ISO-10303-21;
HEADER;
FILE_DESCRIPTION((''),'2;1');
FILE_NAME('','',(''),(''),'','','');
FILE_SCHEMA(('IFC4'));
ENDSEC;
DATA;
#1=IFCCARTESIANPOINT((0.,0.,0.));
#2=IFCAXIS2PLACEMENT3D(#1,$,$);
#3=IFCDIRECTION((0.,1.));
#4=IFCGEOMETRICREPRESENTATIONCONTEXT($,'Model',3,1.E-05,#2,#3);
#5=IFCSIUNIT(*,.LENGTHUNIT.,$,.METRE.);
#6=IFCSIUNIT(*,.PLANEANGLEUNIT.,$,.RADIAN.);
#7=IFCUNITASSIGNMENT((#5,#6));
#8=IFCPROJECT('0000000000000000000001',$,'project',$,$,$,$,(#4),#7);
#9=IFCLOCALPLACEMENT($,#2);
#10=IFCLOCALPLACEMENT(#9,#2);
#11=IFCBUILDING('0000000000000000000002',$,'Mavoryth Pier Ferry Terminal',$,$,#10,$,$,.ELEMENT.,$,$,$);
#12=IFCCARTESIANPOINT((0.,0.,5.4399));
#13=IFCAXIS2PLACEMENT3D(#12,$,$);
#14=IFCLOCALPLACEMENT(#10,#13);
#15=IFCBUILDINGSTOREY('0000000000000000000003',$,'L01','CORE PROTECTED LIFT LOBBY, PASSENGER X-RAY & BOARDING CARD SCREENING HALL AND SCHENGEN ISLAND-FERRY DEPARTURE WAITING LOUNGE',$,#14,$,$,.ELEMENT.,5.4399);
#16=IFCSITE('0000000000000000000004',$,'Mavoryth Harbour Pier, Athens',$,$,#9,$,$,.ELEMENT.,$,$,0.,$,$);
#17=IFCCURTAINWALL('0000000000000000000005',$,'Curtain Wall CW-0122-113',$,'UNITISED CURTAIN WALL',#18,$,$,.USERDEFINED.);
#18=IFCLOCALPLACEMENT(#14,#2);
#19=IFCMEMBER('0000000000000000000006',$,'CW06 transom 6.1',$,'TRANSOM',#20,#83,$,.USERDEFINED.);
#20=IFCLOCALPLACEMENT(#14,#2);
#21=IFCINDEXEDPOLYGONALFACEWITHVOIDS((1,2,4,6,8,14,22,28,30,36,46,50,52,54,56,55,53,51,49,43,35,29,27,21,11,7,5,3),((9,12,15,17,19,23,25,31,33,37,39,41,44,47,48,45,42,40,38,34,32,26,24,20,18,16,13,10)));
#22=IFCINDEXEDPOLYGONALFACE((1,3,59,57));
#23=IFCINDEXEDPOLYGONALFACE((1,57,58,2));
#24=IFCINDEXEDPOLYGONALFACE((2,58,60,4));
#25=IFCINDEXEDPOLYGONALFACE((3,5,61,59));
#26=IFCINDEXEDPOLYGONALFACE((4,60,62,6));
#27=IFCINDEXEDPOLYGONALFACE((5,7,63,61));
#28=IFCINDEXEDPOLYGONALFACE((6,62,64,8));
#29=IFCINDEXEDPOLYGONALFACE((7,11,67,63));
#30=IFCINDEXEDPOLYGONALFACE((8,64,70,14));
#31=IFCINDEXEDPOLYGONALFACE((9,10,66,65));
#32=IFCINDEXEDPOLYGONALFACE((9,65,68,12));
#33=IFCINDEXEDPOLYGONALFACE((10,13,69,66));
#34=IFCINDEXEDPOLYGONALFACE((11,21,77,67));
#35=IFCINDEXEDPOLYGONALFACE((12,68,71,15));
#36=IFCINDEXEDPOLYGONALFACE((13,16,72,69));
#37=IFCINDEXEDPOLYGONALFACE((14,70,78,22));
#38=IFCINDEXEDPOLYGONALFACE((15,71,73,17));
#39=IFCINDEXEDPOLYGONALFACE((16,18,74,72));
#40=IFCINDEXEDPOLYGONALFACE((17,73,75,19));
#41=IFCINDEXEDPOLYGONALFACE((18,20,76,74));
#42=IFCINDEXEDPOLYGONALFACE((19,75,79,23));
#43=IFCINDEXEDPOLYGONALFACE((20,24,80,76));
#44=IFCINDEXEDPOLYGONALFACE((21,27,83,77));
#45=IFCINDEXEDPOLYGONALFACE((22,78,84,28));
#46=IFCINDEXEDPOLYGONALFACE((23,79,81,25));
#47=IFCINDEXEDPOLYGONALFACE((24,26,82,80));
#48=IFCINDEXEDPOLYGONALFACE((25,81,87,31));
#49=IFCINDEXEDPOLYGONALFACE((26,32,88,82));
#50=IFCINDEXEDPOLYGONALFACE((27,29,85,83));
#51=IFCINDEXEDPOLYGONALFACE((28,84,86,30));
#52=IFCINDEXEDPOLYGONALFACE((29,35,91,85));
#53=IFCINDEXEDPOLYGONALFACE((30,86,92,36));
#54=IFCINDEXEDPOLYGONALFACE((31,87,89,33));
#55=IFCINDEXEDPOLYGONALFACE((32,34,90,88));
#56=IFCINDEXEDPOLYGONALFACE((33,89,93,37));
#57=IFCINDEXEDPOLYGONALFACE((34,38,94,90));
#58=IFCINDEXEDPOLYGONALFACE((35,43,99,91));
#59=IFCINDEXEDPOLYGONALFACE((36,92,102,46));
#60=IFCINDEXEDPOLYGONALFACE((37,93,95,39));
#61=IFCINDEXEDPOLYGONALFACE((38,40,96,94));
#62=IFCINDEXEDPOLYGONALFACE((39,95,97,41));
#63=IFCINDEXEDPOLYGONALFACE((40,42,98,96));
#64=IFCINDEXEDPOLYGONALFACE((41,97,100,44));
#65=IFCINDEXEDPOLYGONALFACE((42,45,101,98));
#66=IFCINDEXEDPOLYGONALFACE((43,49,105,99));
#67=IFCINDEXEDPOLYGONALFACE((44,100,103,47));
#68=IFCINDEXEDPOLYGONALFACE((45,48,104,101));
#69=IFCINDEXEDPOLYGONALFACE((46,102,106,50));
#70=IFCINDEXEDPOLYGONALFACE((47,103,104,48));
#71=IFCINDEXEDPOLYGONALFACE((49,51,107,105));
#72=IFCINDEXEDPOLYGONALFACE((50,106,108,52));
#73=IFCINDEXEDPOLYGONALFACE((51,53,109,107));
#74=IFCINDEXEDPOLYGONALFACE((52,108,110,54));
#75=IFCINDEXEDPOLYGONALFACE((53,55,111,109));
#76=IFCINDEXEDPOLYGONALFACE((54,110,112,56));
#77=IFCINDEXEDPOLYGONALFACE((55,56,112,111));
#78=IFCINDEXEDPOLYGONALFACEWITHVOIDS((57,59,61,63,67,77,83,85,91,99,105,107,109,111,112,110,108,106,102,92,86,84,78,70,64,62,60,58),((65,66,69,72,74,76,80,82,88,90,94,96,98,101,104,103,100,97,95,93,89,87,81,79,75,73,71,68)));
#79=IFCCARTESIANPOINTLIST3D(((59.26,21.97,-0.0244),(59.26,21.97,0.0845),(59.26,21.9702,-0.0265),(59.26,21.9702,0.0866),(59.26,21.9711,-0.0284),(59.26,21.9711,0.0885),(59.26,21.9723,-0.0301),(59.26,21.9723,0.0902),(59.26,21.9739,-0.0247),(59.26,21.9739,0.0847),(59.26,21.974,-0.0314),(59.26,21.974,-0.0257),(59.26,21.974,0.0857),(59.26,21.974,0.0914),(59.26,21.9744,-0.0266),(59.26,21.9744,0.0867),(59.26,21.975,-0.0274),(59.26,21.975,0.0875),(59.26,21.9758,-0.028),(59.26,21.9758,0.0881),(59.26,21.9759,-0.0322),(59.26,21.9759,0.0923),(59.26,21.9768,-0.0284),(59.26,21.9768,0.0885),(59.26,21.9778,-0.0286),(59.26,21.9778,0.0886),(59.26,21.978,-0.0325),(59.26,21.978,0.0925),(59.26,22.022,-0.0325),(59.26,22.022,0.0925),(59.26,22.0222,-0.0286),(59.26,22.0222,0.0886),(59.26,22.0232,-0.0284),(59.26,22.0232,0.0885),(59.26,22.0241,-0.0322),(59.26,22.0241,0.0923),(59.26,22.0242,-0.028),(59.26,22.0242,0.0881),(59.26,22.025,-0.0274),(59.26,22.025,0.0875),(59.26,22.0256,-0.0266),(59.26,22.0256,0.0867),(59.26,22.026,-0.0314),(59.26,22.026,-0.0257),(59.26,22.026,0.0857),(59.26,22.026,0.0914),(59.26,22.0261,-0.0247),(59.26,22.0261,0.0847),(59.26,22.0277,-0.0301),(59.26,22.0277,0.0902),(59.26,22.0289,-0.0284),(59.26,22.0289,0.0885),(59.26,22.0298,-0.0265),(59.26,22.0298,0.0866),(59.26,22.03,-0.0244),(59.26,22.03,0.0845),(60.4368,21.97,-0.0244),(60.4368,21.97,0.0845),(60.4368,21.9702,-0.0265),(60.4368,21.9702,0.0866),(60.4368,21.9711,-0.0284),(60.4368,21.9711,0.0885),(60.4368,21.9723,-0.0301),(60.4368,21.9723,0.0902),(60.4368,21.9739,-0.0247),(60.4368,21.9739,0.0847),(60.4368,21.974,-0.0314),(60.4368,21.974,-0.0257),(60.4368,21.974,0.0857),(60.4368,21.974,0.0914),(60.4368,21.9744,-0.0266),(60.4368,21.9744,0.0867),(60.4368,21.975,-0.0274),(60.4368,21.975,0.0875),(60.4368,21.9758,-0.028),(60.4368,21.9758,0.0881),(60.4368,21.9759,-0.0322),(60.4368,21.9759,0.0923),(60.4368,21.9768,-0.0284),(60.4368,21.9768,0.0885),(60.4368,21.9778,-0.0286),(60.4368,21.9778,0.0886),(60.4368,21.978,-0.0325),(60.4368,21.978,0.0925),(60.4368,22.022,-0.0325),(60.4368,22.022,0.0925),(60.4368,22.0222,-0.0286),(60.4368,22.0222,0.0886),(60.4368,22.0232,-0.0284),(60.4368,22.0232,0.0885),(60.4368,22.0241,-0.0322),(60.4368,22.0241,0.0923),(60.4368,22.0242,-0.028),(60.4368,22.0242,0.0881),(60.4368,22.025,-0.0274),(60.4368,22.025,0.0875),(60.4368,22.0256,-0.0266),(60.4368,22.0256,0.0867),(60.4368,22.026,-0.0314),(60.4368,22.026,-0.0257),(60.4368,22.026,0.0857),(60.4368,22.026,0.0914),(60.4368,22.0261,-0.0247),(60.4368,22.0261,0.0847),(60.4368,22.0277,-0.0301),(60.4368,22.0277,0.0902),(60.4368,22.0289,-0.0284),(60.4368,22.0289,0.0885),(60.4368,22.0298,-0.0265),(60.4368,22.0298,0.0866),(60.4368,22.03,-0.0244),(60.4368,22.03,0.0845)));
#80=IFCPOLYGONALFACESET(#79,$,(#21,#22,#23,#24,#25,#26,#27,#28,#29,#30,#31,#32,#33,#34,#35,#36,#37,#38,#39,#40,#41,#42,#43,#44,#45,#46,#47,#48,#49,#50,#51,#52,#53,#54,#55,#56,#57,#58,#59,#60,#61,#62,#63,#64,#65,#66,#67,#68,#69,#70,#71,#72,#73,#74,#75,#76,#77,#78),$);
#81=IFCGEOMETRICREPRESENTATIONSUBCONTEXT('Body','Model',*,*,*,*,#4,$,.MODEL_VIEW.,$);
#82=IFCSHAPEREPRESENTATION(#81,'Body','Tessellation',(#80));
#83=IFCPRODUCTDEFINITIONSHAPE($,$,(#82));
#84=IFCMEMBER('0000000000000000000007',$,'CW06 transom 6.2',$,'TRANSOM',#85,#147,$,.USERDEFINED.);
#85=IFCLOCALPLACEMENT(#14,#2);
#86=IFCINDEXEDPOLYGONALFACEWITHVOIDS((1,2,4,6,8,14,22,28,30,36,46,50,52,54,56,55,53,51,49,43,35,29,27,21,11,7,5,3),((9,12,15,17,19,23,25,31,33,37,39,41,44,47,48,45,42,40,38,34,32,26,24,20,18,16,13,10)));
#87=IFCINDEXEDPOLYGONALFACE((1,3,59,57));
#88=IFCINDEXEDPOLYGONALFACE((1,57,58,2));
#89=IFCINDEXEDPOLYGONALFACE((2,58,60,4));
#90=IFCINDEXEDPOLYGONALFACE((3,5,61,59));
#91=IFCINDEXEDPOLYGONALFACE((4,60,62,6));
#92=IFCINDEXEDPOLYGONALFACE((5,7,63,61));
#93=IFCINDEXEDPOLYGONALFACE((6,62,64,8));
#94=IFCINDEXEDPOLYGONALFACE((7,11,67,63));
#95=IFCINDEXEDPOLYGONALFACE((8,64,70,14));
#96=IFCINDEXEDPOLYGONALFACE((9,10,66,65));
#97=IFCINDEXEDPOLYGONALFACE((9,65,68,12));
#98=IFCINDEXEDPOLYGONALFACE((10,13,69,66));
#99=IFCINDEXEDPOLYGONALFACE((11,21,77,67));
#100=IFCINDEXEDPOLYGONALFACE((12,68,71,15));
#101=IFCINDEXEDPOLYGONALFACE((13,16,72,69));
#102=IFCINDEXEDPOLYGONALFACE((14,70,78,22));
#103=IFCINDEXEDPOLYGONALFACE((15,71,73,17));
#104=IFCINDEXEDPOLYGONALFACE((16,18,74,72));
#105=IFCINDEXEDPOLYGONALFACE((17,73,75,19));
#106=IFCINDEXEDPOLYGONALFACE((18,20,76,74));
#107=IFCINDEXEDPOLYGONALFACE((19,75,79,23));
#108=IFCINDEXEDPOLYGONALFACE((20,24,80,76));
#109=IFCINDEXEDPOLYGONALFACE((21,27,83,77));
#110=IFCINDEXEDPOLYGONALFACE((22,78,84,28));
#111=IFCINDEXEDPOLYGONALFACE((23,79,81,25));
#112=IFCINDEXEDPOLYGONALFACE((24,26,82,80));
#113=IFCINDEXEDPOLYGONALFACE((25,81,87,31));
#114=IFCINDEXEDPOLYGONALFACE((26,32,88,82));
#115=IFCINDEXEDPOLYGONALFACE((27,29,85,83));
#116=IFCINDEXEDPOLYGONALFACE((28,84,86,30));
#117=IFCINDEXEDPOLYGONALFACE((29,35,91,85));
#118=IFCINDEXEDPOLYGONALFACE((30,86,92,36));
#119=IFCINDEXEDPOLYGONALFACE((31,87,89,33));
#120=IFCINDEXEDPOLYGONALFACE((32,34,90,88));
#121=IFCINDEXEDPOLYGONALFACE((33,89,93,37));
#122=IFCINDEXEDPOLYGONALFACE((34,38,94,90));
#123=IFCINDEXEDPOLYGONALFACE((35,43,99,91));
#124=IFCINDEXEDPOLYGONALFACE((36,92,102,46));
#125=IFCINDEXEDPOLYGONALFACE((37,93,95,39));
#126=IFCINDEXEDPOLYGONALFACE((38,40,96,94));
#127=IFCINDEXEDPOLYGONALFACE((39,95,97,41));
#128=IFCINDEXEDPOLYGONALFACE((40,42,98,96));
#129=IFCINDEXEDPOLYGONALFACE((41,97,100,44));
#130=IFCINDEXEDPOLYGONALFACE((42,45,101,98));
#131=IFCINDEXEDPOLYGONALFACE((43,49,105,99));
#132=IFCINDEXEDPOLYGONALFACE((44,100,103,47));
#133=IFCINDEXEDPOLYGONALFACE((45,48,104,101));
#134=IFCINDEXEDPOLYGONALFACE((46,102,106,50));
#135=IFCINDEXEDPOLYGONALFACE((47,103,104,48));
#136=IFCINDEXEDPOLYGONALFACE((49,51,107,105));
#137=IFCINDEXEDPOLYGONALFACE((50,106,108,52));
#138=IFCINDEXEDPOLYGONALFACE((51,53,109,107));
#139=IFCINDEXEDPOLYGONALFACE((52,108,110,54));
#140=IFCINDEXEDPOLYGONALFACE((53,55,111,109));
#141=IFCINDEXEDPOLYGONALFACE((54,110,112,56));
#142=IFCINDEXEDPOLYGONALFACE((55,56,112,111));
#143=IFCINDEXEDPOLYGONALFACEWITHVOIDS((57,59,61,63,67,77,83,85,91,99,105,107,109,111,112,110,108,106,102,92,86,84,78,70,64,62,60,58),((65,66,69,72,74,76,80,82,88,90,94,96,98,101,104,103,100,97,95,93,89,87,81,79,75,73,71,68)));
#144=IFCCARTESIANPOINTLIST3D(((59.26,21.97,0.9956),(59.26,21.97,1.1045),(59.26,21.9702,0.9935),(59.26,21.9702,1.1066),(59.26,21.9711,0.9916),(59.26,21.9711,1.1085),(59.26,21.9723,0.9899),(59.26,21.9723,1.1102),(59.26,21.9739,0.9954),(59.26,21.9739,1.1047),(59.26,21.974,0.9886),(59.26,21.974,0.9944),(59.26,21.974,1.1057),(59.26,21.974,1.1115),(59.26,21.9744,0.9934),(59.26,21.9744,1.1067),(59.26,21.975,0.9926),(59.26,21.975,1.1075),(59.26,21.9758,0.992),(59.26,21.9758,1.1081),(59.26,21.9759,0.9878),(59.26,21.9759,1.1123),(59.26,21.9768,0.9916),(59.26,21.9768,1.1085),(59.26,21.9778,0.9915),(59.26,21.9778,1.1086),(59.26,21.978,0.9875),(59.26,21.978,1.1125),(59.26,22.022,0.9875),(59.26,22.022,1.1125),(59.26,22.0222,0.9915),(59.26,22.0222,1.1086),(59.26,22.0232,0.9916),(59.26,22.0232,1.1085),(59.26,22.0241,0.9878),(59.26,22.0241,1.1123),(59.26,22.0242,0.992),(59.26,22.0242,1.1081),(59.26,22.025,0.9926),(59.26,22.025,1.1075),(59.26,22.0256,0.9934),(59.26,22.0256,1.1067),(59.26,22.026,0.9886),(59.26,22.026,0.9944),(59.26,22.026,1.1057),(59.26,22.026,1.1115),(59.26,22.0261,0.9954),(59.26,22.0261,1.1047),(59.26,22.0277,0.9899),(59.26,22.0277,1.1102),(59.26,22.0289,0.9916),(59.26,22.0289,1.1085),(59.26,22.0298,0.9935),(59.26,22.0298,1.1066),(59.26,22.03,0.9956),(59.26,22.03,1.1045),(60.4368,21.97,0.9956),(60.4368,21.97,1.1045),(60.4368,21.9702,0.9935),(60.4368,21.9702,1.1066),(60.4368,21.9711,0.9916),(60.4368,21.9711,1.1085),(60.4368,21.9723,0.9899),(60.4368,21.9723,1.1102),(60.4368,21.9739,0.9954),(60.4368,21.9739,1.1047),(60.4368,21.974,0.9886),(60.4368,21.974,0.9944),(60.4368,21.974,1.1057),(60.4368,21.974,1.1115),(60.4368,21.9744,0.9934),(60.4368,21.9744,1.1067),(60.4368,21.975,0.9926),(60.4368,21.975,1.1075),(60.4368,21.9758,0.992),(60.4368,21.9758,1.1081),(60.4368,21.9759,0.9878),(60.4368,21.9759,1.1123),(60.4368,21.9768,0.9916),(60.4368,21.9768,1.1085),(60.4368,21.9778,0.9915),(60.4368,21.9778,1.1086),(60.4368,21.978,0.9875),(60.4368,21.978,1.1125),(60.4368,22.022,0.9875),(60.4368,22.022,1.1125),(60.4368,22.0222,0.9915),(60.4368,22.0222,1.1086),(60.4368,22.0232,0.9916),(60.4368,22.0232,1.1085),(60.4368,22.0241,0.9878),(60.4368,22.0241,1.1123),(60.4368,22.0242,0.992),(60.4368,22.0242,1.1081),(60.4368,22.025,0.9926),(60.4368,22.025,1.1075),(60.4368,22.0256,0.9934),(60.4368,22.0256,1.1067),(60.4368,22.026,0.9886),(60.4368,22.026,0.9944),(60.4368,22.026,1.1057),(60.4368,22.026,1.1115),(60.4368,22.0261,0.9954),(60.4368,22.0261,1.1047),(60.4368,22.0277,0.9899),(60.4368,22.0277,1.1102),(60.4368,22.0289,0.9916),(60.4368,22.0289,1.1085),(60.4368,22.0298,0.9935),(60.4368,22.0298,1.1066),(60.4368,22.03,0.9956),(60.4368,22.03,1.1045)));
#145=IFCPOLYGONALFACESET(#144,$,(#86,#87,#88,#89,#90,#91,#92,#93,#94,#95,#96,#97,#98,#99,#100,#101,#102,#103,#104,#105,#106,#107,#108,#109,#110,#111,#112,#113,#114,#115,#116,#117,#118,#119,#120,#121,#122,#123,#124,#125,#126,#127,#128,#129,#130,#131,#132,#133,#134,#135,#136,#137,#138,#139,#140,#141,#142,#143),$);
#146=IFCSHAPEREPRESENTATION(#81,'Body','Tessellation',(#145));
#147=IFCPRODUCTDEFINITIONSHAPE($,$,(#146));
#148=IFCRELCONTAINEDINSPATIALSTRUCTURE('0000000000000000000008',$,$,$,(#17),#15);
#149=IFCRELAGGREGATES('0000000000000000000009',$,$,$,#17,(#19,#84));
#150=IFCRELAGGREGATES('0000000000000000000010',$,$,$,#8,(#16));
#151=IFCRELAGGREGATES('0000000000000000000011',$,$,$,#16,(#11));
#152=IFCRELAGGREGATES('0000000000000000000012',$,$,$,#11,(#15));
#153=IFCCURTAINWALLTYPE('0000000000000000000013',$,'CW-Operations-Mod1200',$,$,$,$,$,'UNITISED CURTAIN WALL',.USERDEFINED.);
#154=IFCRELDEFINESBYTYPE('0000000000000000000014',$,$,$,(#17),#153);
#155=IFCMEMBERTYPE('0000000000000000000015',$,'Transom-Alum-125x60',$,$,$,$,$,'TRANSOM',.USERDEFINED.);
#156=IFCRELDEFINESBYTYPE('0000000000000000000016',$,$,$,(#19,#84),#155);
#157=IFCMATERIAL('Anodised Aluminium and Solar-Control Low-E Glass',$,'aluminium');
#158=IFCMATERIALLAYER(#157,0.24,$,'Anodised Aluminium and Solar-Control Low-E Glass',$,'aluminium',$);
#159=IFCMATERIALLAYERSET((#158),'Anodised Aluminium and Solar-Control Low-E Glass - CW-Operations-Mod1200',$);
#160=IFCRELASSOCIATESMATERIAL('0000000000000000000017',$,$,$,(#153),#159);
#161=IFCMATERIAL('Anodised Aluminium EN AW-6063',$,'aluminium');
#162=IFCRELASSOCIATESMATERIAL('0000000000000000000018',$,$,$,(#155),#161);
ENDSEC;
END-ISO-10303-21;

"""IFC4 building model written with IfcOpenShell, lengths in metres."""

from ifc_helpers import new_model, si_unit, direction, frame, origin, origin_2d, place, context, subcontext, project, spatial, hollow_rectangle, extrude, material, layer, layer_set, material_profile, profile_set, type_object, element, aggregate, save


model = new_model("IFC4")

# Units and contexts
model_context = context("Model", 3, precision=1e-05, world=origin(), true_north=direction((0.0, 1.0)))
body_context = subcontext(model_context, "Body", "Model", "MODEL_VIEW")
ifc_project = project(units=[si_unit("LENGTHUNIT", "METRE"), si_unit("PLANEANGLEUNIT", "RADIAN")], contexts=[model_context])

# Site, building, storey
site_placement = place(None, origin())
site = spatial("IfcSite", under=ifc_project, at=site_placement, Name="Mavoryth Harbour Pier, Athens", CompositionType="ELEMENT", RefElevation=0.0)
building_placement = place(site_placement, origin())
building = spatial("IfcBuilding", under=site, at=building_placement, Name="Mavoryth Pier Ferry Terminal", CompositionType="ELEMENT")
storey_placement = place(building_placement, frame((0.0, 0.0, 5.4399)))
storey = spatial("IfcBuildingStorey", under=building, at=storey_placement, Name="L01", Description="CORE PROTECTED LIFT LOBBY, PASSENGER X-RAY & BOARDING CARD SCREENING HALL AND SCHENGEN ISLAND-FERRY DEPARTURE WAITING LOUNGE", CompositionType="ELEMENT", Elevation=5.4399)

# Curtain wall
ifc_material_1 = material(Name="Anodised Aluminium and Solar-Control Low-E Glass", Category="aluminium")
ifc_layer_1 = layer(ifc_material_1, 0.24, Name="Anodised Aluminium and Solar-Control Low-E Glass", Category="aluminium")
ifc_layer_set_1 = layer_set([ifc_layer_1], Name="Anodised Aluminium and Solar-Control Low-E Glass - CW-Operations-Mod1200")
curtain_wall_type = type_object("IfcCurtainWallType", Name="CW-Operations-Mod1200", ElementType="UNITISED CURTAIN WALL", PredefinedType="USERDEFINED", material=ifc_layer_set_1)
curtain_wall_placement = place(storey_placement, origin())
curtain_wall = element("IfcCurtainWall", 1, at=curtain_wall_placement, inside=storey, type_object=curtain_wall_type, Name="Curtain Wall CW-0122-113", ObjectType="UNITISED CURTAIN WALL", PredefinedType="USERDEFINED")
ifc_material_2 = material(Name="Anodised Aluminium EN AW-6063", Category="aluminium")

# Members
ifc_material_profile_1 = material_profile(ifc_material_2, hollow_rectangle(XDim=0.0601, YDim=0.125, WallThickness=0.0039, InnerFilletRadius=0.0039, OuterFilletRadius=0.0081, at=origin_2d()), Name="AL-TRAN 125x60x4", Category="aluminium")
ifc_profile_set_1 = profile_set([ifc_material_profile_1], Name="Anodised Aluminium EN AW-6063 - AL-TRAN 125x60x4")
member_type_1 = type_object("IfcMemberType", Name="Transom-Alum-125x60", ElementType="TRANSOM", PredefinedType="USERDEFINED", material=ifc_profile_set_1)
member_1_placement = place(storey_placement, frame((60.4368, 22.0, 0.03), z_axis=(-1.0, 0.0, 0.0), x_axis=(0.0, -1.0, 0.0)))
member_1 = element("IfcMember", 2, at=member_1_placement, type_object=member_type_1, Name="CW06 transom 6.1", ObjectType="TRANSOM", PredefinedType="USERDEFINED", context=body_context, shape_type="SweptSolid", body=[
    extrude(hollow_rectangle(XDim=0.0601, YDim=0.125, WallThickness=0.0039, InnerFilletRadius=0.0039, OuterFilletRadius=0.0081, at=origin_2d()), origin(), (0.0, 0.0, 1.0), 1.1768),
])
member_2_placement = place(storey_placement, frame((60.4368, 22.0, 1.05), z_axis=(-1.0, 0.0, 0.0), x_axis=(0.0, -1.0, 0.0)))
member_2 = element("IfcMember", 3, at=member_2_placement, type_object=member_type_1, Name="CW06 transom 6.2", ObjectType="TRANSOM", PredefinedType="USERDEFINED", context=body_context, shape_type="SweptSolid", body=[
    extrude(hollow_rectangle(XDim=0.0601, YDim=0.125, WallThickness=0.0039, InnerFilletRadius=0.0039, OuterFilletRadius=0.0081, at=origin_2d()), origin(), (0.0, 0.0, 1.0), 1.1768),
])

aggregate(curtain_wall, [member_1, member_2])

save(model, "model.ifc")
